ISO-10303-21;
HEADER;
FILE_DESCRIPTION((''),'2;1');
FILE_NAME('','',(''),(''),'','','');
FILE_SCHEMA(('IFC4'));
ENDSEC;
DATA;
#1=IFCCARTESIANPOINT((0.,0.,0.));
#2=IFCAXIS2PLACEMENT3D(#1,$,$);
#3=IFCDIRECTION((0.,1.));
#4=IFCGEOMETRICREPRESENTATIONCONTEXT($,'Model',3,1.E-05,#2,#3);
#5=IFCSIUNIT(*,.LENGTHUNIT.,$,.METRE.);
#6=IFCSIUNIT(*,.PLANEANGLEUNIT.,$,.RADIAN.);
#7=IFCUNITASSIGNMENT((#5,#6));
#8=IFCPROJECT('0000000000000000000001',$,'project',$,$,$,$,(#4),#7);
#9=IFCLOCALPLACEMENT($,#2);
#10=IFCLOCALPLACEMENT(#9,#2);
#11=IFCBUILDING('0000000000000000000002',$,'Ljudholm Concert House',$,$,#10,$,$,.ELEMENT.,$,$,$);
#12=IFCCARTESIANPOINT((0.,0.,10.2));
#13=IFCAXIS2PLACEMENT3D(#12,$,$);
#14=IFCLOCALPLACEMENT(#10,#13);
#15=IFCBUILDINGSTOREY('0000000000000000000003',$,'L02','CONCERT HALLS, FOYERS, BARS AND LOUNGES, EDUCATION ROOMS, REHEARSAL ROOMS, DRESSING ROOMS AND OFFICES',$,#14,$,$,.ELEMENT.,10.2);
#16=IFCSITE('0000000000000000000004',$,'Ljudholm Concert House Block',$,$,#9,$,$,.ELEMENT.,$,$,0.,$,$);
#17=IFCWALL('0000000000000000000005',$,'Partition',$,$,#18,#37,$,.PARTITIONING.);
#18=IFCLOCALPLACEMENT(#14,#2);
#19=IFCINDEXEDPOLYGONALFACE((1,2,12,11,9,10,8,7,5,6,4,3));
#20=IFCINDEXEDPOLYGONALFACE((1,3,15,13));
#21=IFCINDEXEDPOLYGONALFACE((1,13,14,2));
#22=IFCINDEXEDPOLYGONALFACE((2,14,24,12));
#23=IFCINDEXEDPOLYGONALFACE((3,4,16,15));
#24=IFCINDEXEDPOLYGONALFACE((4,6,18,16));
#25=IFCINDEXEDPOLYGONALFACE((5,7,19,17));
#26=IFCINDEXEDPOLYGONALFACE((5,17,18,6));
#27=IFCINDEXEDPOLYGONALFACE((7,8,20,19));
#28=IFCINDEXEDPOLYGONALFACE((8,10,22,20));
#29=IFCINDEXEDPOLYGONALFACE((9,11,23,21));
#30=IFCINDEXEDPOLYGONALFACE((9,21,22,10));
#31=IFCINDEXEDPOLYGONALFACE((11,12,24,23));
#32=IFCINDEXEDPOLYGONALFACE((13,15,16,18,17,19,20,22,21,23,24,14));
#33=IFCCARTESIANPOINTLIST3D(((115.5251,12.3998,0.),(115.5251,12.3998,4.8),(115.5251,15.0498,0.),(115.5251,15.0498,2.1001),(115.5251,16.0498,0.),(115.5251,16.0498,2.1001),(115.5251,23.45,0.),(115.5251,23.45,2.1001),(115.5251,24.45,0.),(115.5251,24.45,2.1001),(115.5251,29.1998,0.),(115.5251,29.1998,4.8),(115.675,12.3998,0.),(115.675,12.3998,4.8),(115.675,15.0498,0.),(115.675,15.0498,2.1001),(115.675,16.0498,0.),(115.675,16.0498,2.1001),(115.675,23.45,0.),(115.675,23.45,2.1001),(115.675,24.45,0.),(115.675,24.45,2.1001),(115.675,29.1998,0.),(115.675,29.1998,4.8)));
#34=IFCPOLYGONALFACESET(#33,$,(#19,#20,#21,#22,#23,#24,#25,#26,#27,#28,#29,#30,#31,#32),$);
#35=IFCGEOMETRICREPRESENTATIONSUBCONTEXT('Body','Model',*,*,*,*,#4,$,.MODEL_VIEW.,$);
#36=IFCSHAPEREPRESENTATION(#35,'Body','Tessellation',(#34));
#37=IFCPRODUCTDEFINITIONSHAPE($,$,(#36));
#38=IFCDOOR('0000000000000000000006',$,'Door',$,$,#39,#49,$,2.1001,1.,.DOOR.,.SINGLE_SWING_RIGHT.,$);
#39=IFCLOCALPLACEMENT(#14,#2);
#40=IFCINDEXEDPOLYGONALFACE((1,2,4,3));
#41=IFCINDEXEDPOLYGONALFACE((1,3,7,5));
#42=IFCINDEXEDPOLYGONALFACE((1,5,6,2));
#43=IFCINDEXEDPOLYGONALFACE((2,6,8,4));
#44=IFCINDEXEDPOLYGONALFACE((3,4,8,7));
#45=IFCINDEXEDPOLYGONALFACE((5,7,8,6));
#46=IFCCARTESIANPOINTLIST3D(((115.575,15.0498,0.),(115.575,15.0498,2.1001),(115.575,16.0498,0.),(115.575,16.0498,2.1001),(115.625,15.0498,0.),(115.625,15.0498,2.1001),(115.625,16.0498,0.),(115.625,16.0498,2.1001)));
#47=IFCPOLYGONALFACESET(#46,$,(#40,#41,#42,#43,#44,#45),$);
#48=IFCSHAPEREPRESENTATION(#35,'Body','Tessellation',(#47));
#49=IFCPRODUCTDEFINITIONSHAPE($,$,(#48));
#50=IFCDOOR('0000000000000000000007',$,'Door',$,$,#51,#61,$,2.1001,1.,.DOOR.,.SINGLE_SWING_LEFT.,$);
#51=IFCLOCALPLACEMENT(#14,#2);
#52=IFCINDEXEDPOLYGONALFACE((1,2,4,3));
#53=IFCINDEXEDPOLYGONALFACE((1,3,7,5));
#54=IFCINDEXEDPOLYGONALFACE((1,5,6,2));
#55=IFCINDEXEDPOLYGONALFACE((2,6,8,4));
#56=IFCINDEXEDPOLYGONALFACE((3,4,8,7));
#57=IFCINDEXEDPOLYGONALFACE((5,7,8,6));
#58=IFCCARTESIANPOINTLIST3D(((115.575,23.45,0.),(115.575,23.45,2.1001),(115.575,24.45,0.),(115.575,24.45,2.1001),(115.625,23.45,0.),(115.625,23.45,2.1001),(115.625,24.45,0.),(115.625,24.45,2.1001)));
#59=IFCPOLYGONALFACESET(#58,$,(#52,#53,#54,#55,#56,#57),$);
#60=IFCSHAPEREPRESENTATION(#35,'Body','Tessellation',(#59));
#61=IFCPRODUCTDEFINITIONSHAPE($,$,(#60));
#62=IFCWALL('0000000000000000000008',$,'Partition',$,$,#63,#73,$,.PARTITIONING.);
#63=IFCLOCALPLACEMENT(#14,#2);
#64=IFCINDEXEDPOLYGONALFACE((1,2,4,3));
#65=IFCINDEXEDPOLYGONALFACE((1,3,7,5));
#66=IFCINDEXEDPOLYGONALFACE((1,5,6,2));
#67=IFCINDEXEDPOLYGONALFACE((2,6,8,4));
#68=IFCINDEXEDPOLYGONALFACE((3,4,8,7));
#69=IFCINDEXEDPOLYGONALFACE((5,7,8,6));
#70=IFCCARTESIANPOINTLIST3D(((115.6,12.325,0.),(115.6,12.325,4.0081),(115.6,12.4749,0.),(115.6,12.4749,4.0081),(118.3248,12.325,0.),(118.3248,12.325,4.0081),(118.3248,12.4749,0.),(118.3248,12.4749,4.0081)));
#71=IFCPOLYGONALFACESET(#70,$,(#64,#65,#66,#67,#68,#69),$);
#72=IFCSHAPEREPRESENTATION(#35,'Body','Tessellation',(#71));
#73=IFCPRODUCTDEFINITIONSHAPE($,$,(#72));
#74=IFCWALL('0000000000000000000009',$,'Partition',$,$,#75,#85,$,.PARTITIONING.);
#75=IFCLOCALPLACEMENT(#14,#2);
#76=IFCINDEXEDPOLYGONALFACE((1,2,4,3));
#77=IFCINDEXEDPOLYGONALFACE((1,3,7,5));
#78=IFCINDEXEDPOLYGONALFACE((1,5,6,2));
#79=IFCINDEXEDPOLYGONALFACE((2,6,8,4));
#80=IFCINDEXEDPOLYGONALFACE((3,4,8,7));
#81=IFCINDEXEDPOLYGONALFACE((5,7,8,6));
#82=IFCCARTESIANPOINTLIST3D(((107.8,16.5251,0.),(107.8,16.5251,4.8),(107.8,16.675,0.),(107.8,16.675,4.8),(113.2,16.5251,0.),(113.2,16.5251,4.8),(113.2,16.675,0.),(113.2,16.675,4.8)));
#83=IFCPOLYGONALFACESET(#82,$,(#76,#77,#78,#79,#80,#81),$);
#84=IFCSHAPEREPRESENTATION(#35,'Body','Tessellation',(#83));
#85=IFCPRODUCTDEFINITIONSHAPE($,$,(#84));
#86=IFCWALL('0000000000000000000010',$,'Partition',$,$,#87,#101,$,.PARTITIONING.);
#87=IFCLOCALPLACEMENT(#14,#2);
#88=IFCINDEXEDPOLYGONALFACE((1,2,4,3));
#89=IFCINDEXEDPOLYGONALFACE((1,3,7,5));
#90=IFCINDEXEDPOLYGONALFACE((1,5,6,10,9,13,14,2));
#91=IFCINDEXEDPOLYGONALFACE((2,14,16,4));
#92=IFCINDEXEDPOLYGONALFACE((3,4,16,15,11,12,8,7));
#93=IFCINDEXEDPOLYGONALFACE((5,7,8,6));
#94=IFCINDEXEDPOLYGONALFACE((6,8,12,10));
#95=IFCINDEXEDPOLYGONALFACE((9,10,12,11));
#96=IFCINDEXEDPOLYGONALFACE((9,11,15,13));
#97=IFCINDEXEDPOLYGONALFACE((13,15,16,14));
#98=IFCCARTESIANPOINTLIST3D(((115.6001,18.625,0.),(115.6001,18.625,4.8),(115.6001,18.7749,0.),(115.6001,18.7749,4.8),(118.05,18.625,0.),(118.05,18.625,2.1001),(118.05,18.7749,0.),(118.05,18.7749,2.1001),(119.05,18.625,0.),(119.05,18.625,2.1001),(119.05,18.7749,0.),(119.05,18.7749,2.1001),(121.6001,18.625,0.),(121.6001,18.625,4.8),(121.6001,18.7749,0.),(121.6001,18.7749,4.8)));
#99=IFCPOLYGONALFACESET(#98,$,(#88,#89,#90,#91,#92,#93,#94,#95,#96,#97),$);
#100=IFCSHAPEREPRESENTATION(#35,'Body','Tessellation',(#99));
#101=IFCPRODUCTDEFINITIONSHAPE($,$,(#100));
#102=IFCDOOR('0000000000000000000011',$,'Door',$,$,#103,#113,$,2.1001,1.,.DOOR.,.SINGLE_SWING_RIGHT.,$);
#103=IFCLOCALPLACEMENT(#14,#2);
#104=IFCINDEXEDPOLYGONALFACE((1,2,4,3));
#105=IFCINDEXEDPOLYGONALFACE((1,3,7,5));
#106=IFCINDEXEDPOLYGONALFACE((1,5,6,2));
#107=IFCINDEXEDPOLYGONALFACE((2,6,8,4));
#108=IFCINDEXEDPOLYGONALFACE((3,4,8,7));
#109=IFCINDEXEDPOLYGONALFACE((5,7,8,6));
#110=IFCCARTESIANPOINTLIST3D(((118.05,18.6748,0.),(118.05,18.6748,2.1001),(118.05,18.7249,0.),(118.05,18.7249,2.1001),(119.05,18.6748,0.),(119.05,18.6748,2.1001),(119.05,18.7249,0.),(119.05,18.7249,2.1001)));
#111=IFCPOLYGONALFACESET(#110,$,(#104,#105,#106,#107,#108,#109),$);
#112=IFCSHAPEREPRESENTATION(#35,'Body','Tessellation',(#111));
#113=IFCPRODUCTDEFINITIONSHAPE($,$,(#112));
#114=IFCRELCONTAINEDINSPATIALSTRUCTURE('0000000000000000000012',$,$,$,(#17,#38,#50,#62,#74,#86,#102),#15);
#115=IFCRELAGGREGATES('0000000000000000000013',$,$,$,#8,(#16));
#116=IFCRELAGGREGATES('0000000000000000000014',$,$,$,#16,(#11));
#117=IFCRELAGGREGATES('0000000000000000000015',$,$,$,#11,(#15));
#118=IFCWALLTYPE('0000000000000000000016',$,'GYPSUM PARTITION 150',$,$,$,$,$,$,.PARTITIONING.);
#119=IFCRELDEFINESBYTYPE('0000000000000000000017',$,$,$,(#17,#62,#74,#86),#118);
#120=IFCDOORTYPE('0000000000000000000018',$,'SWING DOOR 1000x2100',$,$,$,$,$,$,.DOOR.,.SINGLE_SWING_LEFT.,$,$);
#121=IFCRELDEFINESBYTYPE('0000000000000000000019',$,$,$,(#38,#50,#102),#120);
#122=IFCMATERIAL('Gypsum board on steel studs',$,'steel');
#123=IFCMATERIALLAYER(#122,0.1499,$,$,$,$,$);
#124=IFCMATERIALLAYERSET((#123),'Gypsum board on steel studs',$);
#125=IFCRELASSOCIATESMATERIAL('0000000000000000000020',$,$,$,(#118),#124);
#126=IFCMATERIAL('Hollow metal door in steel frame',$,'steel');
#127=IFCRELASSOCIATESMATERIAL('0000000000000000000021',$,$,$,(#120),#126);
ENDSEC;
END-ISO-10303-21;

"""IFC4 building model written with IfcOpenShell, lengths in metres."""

from ifc_helpers import new_model, si_unit, direction, frame, frame_2d, origin, place, context, subcontext, project, spatial, rectangle, extrude, material, layer, layer_set, type_object, element, fill, save


model = new_model("IFC4")

# Units and contexts
model_context = context("Model", 3, precision=1e-05, world=origin(), true_north=direction((0.0, 1.0)))
body_context = subcontext(model_context, "Body", "Model", "MODEL_VIEW")
ifc_project = project(units=[si_unit("LENGTHUNIT", "METRE"), si_unit("PLANEANGLEUNIT", "RADIAN")], contexts=[model_context])

# Site, building, storey
site_placement = place(None, origin())
site = spatial("IfcSite", under=ifc_project, at=site_placement, Name="Ljudholm Concert House Block", CompositionType="ELEMENT", RefElevation=0.0)
building_placement = place(site_placement, origin())
building = spatial("IfcBuilding", under=site, at=building_placement, Name="Ljudholm Concert House", CompositionType="ELEMENT")
storey_placement = place(building_placement, frame((0.0, 0.0, 10.2)))
storey = spatial("IfcBuildingStorey", under=building, at=storey_placement, Name="L02", Description="CONCERT HALLS, FOYERS, BARS AND LOUNGES, EDUCATION ROOMS, REHEARSAL ROOMS, DRESSING ROOMS AND OFFICES", CompositionType="ELEMENT", Elevation=10.2)

# Shared definitions
ifc_material_1 = material(Name="Gypsum board on steel studs", Category="steel")
ifc_layer = layer(ifc_material_1, 0.1499)
ifc_layer_set = layer_set([ifc_layer], Name="Gypsum board on steel studs")
wall_type = type_object("IfcWallType", Name="GYPSUM PARTITION 150", PredefinedType="PARTITIONING", material=ifc_layer_set)

# Shared definitions
ifc_material_2 = material(Name="Hollow metal door in steel frame", Category="steel")
door_type = type_object("IfcDoorType", Name="SWING DOOR 1000x2100", OperationType="SINGLE_SWING_LEFT", PredefinedType="DOOR", material=ifc_material_2)

# Wall, openings, doors
wall_1_placement = place(storey_placement, frame((115.6001, 12.3999, 0.0), z_axis=(0.0, 0.0, 1.0), x_axis=(0.0, 1.0, 0.0)))
wall_1 = element("IfcWall", 1, at=wall_1_placement, inside=storey, type_object=wall_type, Name="Partition", PredefinedType="PARTITIONING", context=body_context, shape_type="SweptSolid", body=[
    extrude(rectangle(XDim=16.8, YDim=0.1499, at=frame_2d((8.3999, 0.0))), origin(), (0.0, 0.0, 1.0), 4.8),
])
opening_1_placement = place(wall_1_placement, frame((2.6499, 0.0, 0.0)))
opening_1 = element("IfcOpeningElement", 2, at=opening_1_placement, cuts=wall_1, PredefinedType="OPENING", context=body_context, shape_type="SweptSolid", body=[
    extrude(rectangle(XDim=1.0, YDim=2.1001, at=frame_2d((0.5, 1.05))), frame((0.0, 0.085, 0.0), z_axis=(0.0, -1.0, 0.0), x_axis=(1.0, 0.0, 0.0)), (0.0, 0.0, 1.0), 0.1699),
])
opening_2_placement = place(wall_1_placement, frame((11.05, 0.0, 0.0)))
opening_2 = element("IfcOpeningElement", 3, at=opening_2_placement, cuts=wall_1, PredefinedType="OPENING", context=body_context, shape_type="SweptSolid", body=[
    extrude(rectangle(XDim=1.0, YDim=2.1001, at=frame_2d((0.5, 1.05))), frame((0.0, 0.085, 0.0), z_axis=(0.0, -1.0, 0.0), x_axis=(1.0, 0.0, 0.0)), (0.0, 0.0, 1.0), 0.1699),
])
door_1_placement = place(opening_1_placement, frame((1.0, 0.0, 0.0), z_axis=(0.0, 0.0, 1.0), x_axis=(-1.0, 0.0, 0.0)))
door_1 = element("IfcDoor", 4, at=door_1_placement, inside=storey, type_object=door_type, Name="Door", OperationType="SINGLE_SWING_RIGHT", OverallHeight=2.1001, OverallWidth=1.0, PredefinedType="DOOR", context=body_context, shape_type="SweptSolid", body=[
    extrude(rectangle(XDim=1.0, YDim=2.1001, at=frame_2d((0.5, 1.05))), frame((0.0, 0.0249, 0.0), z_axis=(0.0, -1.0, 0.0), x_axis=(1.0, 0.0, 0.0)), (0.0, 0.0, 1.0), 0.05),
])
fill(opening_1, door_1)
door_2_placement = place(opening_2_placement, frame((1.0, 0.0, 0.0), z_axis=(0.0, 0.0, 1.0), x_axis=(-1.0, 0.0, 0.0)))
door_2 = element("IfcDoor", 5, at=door_2_placement, inside=storey, type_object=door_type, Name="Door", OperationType="SINGLE_SWING_LEFT", OverallHeight=2.1001, OverallWidth=1.0, PredefinedType="DOOR", context=body_context, shape_type="SweptSolid", body=[
    extrude(rectangle(XDim=1.0, YDim=2.1001, at=frame_2d((0.5, 1.05))), frame((0.0, 0.0249, 0.0), z_axis=(0.0, -1.0, 0.0), x_axis=(1.0, 0.0, 0.0)), (0.0, 0.0, 1.0), 0.05),
])
fill(opening_2, door_2)

# Walls
wall_2_placement = place(storey_placement, frame((115.6001, 12.3999, 0.0), z_axis=(0.0, 0.0, 1.0), x_axis=(1.0, 0.0, 0.0)))
element("IfcWall", 6, at=wall_2_placement, inside=storey, type_object=wall_type, Name="Partition", PredefinedType="PARTITIONING", context=body_context, shape_type="SweptSolid", body=[
    extrude(rectangle(XDim=2.7249, YDim=0.1499, at=frame_2d((1.3623, 0.0))), origin(), (0.0, 0.0, 1.0), 4.0081),
])
wall_3_placement = place(storey_placement, frame((107.8, 16.6001, 0.0), z_axis=(0.0, 0.0, 1.0), x_axis=(1.0, 0.0, 0.0)))
element("IfcWall", 7, at=wall_3_placement, inside=storey, type_object=wall_type, Name="Partition", PredefinedType="PARTITIONING", context=body_context, shape_type="SweptSolid", body=[
    extrude(rectangle(XDim=5.3999, YDim=0.1499, at=frame_2d((2.7, 0.0))), origin(), (0.0, 0.0, 1.0), 4.8),
])

# Wall, opening, door
wall_4_placement = place(storey_placement, frame((115.6001, 18.7, 0.0), z_axis=(0.0, 0.0, 1.0), x_axis=(1.0, 0.0, 0.0)))
wall_4 = element("IfcWall", 8, at=wall_4_placement, inside=storey, type_object=wall_type, Name="Partition", PredefinedType="PARTITIONING", context=body_context, shape_type="SweptSolid", body=[
    extrude(rectangle(XDim=6.0, YDim=0.1499, at=frame_2d((3.0, 0.0))), origin(), (0.0, 0.0, 1.0), 4.8),
])
opening_3_placement = place(wall_4_placement, frame((2.45, 0.0, 0.0)))
opening_3 = element("IfcOpeningElement", 9, at=opening_3_placement, cuts=wall_4, PredefinedType="OPENING", context=body_context, shape_type="SweptSolid", body=[
    extrude(rectangle(XDim=1.0, YDim=2.1001, at=frame_2d((0.5, 1.05))), frame((0.0, 0.085, 0.0), z_axis=(0.0, -1.0, 0.0), x_axis=(1.0, 0.0, 0.0)), (0.0, 0.0, 1.0), 0.1699),
])
door_3_placement = place(opening_3_placement, origin())
door_3 = element("IfcDoor", 10, at=door_3_placement, inside=storey, type_object=door_type, Name="Door", OperationType="SINGLE_SWING_RIGHT", OverallHeight=2.1001, OverallWidth=1.0, PredefinedType="DOOR", context=body_context, shape_type="SweptSolid", body=[
    extrude(rectangle(XDim=1.0, YDim=2.1001, at=frame_2d((0.5, 1.05))), frame((0.0, 0.0249, 0.0), z_axis=(0.0, -1.0, 0.0), x_axis=(1.0, 0.0, 0.0)), (0.0, 0.0, 1.0), 0.05),
])
fill(opening_3, door_3)

save(model, "model.ifc")
